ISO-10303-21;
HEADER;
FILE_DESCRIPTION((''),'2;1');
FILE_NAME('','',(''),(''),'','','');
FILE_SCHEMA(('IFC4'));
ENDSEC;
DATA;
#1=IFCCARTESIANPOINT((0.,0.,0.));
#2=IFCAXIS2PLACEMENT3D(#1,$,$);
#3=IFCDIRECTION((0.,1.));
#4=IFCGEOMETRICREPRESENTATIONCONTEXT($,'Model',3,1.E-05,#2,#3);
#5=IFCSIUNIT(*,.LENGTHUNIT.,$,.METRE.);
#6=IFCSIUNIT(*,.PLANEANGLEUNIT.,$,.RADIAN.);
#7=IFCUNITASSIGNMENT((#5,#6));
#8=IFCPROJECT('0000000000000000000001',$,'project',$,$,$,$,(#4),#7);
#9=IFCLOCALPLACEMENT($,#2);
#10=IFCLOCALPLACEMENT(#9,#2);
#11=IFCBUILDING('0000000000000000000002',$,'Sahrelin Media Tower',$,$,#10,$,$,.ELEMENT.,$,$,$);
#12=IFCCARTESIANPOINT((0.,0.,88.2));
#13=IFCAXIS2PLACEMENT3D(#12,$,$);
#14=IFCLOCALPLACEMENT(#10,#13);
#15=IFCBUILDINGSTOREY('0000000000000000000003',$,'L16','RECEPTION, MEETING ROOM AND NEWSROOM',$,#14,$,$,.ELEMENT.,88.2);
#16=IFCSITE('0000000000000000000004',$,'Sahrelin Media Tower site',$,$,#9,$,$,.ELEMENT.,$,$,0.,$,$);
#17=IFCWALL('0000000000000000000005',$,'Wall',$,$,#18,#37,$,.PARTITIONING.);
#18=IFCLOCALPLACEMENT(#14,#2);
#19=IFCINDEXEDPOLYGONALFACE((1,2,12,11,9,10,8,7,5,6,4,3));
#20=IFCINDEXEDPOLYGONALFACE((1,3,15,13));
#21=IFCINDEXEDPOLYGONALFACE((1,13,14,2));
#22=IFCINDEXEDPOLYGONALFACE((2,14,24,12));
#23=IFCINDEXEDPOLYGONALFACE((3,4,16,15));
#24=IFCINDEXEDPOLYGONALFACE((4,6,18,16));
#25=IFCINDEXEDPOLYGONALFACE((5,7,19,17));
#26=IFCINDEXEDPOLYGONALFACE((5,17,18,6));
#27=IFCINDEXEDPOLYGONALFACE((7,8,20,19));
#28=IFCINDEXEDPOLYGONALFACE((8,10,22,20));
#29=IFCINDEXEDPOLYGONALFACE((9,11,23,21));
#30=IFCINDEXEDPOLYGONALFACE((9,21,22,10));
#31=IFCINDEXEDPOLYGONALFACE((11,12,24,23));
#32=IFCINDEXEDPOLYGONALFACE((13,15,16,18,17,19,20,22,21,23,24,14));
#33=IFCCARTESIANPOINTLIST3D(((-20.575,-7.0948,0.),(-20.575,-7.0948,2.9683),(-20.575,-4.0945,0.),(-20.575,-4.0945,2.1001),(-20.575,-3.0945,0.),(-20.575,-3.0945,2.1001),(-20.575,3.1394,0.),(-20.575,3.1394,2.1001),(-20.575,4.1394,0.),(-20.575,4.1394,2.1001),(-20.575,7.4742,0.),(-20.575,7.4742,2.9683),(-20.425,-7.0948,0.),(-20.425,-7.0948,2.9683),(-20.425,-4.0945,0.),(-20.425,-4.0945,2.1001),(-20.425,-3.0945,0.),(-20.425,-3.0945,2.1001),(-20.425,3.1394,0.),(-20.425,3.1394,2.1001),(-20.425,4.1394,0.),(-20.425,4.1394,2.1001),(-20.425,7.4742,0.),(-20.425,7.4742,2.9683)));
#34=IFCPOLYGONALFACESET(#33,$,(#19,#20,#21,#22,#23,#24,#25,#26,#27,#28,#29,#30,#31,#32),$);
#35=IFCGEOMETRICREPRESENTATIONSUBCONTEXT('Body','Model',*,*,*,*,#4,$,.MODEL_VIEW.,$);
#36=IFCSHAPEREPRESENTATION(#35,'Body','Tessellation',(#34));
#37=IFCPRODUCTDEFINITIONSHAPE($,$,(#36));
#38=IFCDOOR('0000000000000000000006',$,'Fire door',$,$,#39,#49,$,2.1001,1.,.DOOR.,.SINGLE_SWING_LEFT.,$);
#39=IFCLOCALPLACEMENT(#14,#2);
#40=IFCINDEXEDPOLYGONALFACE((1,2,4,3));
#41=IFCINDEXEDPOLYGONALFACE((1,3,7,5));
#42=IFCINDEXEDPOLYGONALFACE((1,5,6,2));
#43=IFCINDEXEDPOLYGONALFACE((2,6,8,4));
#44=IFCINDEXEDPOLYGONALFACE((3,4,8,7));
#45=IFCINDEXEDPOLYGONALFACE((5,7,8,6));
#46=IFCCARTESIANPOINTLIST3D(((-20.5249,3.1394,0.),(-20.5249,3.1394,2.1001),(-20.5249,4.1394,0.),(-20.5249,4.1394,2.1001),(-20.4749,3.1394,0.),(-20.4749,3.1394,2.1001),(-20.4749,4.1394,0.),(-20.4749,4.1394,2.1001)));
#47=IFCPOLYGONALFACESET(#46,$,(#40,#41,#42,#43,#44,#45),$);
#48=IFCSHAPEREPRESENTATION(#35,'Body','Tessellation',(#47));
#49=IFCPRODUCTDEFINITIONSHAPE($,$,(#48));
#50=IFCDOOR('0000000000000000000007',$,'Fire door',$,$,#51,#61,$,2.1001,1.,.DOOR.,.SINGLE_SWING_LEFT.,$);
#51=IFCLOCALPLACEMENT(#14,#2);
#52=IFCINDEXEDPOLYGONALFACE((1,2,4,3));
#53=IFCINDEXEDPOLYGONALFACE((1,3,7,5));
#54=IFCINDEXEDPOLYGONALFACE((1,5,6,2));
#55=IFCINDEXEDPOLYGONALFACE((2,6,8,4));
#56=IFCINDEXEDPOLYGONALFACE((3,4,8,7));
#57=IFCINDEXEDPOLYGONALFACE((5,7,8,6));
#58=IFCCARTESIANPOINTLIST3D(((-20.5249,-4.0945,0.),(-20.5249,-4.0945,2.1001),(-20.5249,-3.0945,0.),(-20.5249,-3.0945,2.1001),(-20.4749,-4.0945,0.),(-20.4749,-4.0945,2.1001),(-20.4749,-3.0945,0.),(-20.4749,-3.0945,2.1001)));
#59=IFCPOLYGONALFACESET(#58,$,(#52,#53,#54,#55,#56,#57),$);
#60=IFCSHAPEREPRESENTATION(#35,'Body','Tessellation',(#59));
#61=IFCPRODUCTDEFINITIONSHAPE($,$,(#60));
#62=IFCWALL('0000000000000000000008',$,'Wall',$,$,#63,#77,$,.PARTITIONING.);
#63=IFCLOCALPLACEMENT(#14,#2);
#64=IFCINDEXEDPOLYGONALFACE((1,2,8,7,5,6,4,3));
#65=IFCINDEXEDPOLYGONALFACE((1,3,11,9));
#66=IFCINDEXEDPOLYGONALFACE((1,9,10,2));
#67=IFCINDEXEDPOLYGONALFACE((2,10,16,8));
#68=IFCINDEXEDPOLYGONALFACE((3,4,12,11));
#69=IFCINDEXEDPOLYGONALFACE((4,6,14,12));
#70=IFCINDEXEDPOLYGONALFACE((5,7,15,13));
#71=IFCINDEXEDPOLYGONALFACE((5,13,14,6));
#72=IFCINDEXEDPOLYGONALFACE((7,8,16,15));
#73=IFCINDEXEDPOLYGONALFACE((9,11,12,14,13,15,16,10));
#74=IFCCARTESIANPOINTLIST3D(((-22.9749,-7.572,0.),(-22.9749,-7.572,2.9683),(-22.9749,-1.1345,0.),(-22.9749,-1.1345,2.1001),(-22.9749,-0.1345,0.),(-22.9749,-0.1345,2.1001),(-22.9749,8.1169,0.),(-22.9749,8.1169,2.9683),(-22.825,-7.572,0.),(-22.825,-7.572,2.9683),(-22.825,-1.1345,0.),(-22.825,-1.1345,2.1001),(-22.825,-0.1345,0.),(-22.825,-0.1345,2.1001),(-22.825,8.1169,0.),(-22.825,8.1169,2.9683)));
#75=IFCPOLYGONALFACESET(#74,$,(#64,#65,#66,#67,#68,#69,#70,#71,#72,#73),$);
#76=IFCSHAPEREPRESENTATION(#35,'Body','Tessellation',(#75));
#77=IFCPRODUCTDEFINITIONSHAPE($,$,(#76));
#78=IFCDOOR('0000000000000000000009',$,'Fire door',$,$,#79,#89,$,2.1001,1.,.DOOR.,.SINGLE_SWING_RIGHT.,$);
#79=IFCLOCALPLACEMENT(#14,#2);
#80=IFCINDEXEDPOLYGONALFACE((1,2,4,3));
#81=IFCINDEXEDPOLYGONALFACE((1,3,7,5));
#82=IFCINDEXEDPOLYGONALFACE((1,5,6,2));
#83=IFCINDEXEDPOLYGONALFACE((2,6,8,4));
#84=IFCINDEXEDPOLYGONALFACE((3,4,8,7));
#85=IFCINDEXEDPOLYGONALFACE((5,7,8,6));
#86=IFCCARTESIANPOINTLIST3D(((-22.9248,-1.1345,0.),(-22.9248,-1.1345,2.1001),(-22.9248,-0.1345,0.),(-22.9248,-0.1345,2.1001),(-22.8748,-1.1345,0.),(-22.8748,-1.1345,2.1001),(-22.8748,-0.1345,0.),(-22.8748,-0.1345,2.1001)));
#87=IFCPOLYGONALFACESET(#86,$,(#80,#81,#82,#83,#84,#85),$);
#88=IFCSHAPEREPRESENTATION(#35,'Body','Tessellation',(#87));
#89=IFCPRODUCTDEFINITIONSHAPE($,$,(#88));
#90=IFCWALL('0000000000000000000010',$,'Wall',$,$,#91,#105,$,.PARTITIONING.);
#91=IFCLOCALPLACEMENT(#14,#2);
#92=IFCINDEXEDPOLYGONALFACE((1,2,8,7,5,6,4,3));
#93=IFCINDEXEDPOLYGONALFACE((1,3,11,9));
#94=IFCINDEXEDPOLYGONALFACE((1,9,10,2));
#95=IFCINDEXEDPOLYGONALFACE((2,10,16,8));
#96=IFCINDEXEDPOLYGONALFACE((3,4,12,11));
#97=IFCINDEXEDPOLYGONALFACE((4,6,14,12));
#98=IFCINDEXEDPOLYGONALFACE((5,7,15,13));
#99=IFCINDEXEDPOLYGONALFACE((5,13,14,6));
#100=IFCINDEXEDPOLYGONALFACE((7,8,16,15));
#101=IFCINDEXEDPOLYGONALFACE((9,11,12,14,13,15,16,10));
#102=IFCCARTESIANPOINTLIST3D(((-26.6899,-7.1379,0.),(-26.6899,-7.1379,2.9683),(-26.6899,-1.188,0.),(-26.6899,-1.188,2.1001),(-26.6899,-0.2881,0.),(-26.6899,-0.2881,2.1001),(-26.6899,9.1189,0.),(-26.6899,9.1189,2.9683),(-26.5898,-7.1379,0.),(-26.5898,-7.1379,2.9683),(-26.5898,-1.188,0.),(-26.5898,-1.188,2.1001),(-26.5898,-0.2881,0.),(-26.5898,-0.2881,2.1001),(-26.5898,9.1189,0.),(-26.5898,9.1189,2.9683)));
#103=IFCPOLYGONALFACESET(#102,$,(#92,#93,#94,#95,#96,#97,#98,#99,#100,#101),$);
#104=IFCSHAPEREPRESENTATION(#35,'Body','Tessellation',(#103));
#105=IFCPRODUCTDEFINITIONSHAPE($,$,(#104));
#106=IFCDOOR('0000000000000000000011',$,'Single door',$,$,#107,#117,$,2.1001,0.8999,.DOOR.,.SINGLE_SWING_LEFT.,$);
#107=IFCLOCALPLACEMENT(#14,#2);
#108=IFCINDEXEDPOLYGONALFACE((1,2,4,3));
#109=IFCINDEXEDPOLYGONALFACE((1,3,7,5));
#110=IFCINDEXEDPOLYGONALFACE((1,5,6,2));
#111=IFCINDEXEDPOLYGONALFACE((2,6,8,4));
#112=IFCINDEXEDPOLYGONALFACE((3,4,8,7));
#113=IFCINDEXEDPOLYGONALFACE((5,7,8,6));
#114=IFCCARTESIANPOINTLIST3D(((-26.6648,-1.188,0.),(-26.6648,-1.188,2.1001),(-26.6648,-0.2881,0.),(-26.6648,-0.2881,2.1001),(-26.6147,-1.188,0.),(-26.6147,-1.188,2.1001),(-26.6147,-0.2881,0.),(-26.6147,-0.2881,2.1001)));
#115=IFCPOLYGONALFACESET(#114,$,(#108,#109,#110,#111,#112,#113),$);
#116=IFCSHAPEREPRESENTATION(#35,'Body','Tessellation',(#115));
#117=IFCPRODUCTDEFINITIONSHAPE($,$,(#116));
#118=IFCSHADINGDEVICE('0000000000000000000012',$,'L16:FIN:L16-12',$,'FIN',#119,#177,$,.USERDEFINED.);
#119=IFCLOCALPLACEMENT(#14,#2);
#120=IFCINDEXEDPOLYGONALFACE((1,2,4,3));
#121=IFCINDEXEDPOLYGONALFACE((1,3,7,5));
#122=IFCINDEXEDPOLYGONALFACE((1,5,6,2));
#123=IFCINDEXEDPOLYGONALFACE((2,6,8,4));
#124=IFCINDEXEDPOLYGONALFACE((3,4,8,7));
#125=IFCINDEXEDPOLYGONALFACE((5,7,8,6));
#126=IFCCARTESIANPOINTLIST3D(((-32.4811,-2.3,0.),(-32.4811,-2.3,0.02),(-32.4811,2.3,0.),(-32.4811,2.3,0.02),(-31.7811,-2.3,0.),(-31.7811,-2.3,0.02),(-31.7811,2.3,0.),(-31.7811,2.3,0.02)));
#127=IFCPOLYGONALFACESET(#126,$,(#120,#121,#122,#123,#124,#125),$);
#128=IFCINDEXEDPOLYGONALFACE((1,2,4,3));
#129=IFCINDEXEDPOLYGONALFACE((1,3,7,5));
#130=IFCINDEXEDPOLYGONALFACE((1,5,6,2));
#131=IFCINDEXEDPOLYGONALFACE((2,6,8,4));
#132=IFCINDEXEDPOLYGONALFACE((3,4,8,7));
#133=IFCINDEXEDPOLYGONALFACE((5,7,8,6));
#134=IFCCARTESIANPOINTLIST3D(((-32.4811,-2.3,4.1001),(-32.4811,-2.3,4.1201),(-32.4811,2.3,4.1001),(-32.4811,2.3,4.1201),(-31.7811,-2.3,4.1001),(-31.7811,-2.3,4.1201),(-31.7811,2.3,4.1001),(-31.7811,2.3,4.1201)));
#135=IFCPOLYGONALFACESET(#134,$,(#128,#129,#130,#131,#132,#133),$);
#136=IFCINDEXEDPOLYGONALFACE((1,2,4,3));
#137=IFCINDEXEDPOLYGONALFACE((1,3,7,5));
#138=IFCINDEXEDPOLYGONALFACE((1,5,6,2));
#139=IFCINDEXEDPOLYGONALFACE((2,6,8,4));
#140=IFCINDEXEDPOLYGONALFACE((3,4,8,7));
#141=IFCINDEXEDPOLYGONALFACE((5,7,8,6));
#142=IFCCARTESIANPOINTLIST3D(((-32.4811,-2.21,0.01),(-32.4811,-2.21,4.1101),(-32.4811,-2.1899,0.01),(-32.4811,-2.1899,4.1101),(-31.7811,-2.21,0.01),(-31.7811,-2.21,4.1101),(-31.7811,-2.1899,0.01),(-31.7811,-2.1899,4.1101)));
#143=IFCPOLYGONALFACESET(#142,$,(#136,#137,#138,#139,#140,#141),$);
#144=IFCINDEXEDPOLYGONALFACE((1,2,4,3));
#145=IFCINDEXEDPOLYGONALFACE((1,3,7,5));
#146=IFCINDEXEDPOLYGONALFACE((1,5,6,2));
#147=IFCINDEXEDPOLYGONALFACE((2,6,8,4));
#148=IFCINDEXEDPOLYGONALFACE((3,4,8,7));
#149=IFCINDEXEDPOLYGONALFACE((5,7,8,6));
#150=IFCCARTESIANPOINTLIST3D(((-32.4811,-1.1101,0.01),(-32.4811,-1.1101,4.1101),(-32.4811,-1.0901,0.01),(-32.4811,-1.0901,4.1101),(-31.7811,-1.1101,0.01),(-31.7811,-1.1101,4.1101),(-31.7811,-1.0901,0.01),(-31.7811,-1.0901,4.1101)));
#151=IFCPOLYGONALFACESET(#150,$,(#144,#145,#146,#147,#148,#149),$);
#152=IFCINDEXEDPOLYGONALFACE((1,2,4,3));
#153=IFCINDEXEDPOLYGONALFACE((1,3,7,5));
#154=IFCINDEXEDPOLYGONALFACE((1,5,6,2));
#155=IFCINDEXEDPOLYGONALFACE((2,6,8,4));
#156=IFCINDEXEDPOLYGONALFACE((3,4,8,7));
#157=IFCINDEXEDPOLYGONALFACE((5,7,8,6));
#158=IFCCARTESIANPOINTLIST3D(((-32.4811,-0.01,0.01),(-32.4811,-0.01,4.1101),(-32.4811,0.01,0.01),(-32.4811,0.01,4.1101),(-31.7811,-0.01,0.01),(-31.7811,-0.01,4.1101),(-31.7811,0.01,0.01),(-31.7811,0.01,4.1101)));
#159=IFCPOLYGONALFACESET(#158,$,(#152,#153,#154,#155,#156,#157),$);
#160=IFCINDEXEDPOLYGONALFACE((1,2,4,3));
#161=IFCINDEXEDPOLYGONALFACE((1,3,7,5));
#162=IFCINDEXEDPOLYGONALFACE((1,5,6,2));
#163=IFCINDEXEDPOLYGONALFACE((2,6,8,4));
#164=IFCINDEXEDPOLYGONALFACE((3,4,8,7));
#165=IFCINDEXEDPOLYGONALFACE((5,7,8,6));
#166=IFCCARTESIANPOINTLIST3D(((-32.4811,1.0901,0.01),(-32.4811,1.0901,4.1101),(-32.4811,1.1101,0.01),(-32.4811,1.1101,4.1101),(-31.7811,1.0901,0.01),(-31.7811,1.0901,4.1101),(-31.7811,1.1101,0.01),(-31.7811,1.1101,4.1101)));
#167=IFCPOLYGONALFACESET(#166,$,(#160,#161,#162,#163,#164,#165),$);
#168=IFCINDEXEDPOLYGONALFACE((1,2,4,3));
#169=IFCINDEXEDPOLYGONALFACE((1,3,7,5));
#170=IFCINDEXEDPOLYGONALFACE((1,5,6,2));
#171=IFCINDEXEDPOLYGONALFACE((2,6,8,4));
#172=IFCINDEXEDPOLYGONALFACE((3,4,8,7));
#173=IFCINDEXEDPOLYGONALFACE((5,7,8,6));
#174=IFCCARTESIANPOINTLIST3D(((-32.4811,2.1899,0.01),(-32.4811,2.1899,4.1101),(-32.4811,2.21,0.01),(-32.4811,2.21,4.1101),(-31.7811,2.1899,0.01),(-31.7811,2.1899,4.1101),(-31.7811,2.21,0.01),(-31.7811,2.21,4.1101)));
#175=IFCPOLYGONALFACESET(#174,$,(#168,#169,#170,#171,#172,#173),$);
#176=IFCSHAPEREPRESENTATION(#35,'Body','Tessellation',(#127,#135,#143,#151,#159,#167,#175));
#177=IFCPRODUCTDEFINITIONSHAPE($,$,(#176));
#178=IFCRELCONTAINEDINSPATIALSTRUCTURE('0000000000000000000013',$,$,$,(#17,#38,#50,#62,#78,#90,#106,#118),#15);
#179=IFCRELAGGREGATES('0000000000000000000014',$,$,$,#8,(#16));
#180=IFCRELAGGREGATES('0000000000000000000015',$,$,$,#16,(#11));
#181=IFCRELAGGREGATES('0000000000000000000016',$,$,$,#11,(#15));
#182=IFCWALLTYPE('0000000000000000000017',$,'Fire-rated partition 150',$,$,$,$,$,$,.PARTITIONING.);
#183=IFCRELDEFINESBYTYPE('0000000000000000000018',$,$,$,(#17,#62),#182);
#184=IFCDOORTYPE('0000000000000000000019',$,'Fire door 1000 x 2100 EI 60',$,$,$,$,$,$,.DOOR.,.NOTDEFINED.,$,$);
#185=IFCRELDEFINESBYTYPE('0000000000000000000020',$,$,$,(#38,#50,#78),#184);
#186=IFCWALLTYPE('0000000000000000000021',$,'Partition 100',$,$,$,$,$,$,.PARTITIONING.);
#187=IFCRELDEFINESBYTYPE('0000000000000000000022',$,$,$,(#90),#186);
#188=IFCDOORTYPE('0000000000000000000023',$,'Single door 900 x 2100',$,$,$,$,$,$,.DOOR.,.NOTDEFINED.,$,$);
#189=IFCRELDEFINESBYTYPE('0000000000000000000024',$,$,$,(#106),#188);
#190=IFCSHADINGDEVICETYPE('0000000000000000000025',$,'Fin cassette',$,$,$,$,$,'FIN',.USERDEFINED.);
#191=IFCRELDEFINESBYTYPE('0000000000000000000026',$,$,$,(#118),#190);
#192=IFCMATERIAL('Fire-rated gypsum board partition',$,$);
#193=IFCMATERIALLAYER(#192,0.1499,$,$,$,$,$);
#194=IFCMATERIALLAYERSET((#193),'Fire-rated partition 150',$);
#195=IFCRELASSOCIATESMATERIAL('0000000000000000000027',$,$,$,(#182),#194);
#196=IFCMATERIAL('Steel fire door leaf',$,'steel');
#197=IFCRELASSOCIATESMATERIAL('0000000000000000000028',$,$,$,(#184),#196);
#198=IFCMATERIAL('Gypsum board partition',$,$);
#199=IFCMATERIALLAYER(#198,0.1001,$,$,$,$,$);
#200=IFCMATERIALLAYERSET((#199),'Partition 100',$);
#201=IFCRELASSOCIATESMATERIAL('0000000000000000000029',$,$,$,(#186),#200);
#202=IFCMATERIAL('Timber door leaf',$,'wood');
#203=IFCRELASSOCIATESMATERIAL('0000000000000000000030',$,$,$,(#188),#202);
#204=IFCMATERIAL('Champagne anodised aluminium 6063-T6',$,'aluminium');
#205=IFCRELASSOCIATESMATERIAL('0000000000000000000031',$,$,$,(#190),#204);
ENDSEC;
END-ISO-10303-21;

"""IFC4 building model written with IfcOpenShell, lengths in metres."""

from ifc_helpers import new_model, si_unit, direction, frame, frame_2d, origin, origin_2d, place, context, subcontext, project, spatial, rectangle, extrude, material, layer, layer_set, type_object, element, fill, save


model = new_model("IFC4")

# Units and contexts
model_context = context("Model", 3, precision=1e-05, world=origin(), true_north=direction((0.0, 1.0)))
body_context = subcontext(model_context, "Body", "Model", "MODEL_VIEW")
ifc_project = project(units=[si_unit("LENGTHUNIT", "METRE"), si_unit("PLANEANGLEUNIT", "RADIAN")], contexts=[model_context])

# Site, building, storey
site_placement = place(None, origin())
site = spatial("IfcSite", under=ifc_project, at=site_placement, Name="Sahrelin Media Tower site", CompositionType="ELEMENT", RefElevation=0.0)
building_placement = place(site_placement, origin())
building = spatial("IfcBuilding", under=site, at=building_placement, Name="Sahrelin Media Tower", CompositionType="ELEMENT")
storey_placement = place(building_placement, frame((0.0, 0.0, 88.2)))
storey = spatial("IfcBuildingStorey", under=building, at=storey_placement, Name="L16", Description="RECEPTION, MEETING ROOM AND NEWSROOM", CompositionType="ELEMENT", Elevation=88.2)

# Shared definitions
ifc_material_1 = material(Name="Champagne anodised aluminium 6063-T6", Category="aluminium")

# Shared definitions
ifc_material_2 = material(Name="Fire-rated gypsum board partition")
ifc_layer_1 = layer(ifc_material_2, 0.1499)
ifc_layer_set_1 = layer_set([ifc_layer_1], Name="Fire-rated partition 150")
wall_type_1 = type_object("IfcWallType", Name="Fire-rated partition 150", PredefinedType="PARTITIONING", material=ifc_layer_set_1)
ifc_material_3 = material(Name="Steel fire door leaf", Category="steel")
door_type_1 = type_object("IfcDoorType", Name="Fire door 1000 x 2100 EI 60", OperationType="NOTDEFINED", PredefinedType="DOOR", material=ifc_material_3)

# Wall, openings, doors
wall_1_placement = place(storey_placement, frame((-20.5, -7.095, 0.0), z_axis=(0.0, 0.0, 1.0), x_axis=(0.0, 1.0, 0.0)))
wall_1 = element("IfcWall", 1, at=wall_1_placement, inside=storey, type_object=wall_type_1, Name="Wall", PredefinedType="PARTITIONING", context=body_context, shape_type="SweptSolid", body=[
    extrude(rectangle(XDim=14.5691, YDim=0.1499, at=frame_2d((7.2847, 0.0))), origin(), (0.0, 0.0, 1.0), 2.9683),
])
opening_1_placement = place(wall_1_placement, frame((10.2344, 0.0, 0.0)))
opening_1 = element("IfcOpeningElement", 2, at=opening_1_placement, cuts=wall_1, PredefinedType="OPENING", context=body_context, shape_type="SweptSolid", body=[
    extrude(rectangle(XDim=1.0, YDim=2.1001, at=frame_2d((0.5, 1.05))), frame((0.0, 0.075, 0.0), z_axis=(0.0, -1.0, 0.0), x_axis=(1.0, 0.0, 0.0)), (0.0, 0.0, 1.0), 0.1499),
])
opening_2_placement = place(wall_1_placement, frame((3.0005, 0.0, 0.0)))
opening_2 = element("IfcOpeningElement", 3, at=opening_2_placement, cuts=wall_1, PredefinedType="OPENING", context=body_context, shape_type="SweptSolid", body=[
    extrude(rectangle(XDim=1.0, YDim=2.1001, at=frame_2d((0.5, 1.05))), frame((0.0, 0.075, 0.0), z_axis=(0.0, -1.0, 0.0), x_axis=(1.0, 0.0, 0.0)), (0.0, 0.0, 1.0), 0.1499),
])
door_1_placement = place(opening_1_placement, origin())
door_1 = element("IfcDoor", 4, at=door_1_placement, inside=storey, type_object=door_type_1, Name="Fire door", OperationType="SINGLE_SWING_LEFT", OverallHeight=2.1001, OverallWidth=1.0, PredefinedType="DOOR", context=body_context, shape_type="SweptSolid", body=[
    extrude(rectangle(XDim=1.0, YDim=2.1001, at=frame_2d((0.5, 1.05))), frame((0.0, 0.0249, 0.0), z_axis=(0.0, -1.0, 0.0), x_axis=(1.0, 0.0, 0.0)), (0.0, 0.0, 1.0), 0.05),
])
fill(opening_1, door_1)
door_2_placement = place(opening_2_placement, origin())
door_2 = element("IfcDoor", 5, at=door_2_placement, inside=storey, type_object=door_type_1, Name="Fire door", OperationType="SINGLE_SWING_LEFT", OverallHeight=2.1001, OverallWidth=1.0, PredefinedType="DOOR", context=body_context, shape_type="SweptSolid", body=[
    extrude(rectangle(XDim=1.0, YDim=2.1001, at=frame_2d((0.5, 1.05))), frame((0.0, 0.0249, 0.0), z_axis=(0.0, -1.0, 0.0), x_axis=(1.0, 0.0, 0.0)), (0.0, 0.0, 1.0), 0.05),
])
fill(opening_2, door_2)

# Walls, openings, doors
wall_2_placement = place(storey_placement, frame((-22.8999, -7.572, 0.0), z_axis=(0.0, 0.0, 1.0), x_axis=(0.0, 1.0, 0.0)))
wall_2 = element("IfcWall", 6, at=wall_2_placement, inside=storey, type_object=wall_type_1, Name="Wall", PredefinedType="PARTITIONING", context=body_context, shape_type="SweptSolid", body=[
    extrude(rectangle(XDim=15.689, YDim=0.1499, at=frame_2d((7.8445, 0.0))), origin(), (0.0, 0.0, 1.0), 2.9683),
])
opening_3_placement = place(wall_2_placement, frame((6.4375, 0.0, 0.0)))
opening_3 = element("IfcOpeningElement", 7, at=opening_3_placement, cuts=wall_2, PredefinedType="OPENING", context=body_context, shape_type="SweptSolid", body=[
    extrude(rectangle(XDim=1.0, YDim=2.1001, at=frame_2d((0.5, 1.05))), frame((0.0, 0.075, 0.0), z_axis=(0.0, -1.0, 0.0), x_axis=(1.0, 0.0, 0.0)), (0.0, 0.0, 1.0), 0.1499),
])
door_3_placement = place(opening_3_placement, origin())
door_3 = element("IfcDoor", 8, at=door_3_placement, inside=storey, type_object=door_type_1, Name="Fire door", OperationType="SINGLE_SWING_RIGHT", OverallHeight=2.1001, OverallWidth=1.0, PredefinedType="DOOR", context=body_context, shape_type="SweptSolid", body=[
    extrude(rectangle(XDim=1.0, YDim=2.1001, at=frame_2d((0.5, 1.05))), frame((0.0, 0.0249, 0.0), z_axis=(0.0, -1.0, 0.0), x_axis=(1.0, 0.0, 0.0)), (0.0, 0.0, 1.0), 0.05),
])
fill(opening_3, door_3)
ifc_material_4 = material(Name="Gypsum board partition")
ifc_layer_2 = layer(ifc_material_4, 0.1001)
ifc_layer_set_2 = layer_set([ifc_layer_2], Name="Partition 100")
wall_type_2 = type_object("IfcWallType", Name="Partition 100", PredefinedType="PARTITIONING", material=ifc_layer_set_2)
wall_3_placement = place(storey_placement, frame((-26.6399, -7.1379, 0.0), z_axis=(0.0, 0.0, 1.0), x_axis=(0.0, 1.0, 0.0)))
wall_3 = element("IfcWall", 9, at=wall_3_placement, inside=storey, type_object=wall_type_2, Name="Wall", PredefinedType="PARTITIONING", context=body_context, shape_type="SweptSolid", body=[
    extrude(rectangle(XDim=16.2568, YDim=0.1001, at=frame_2d((8.1284, 0.0))), origin(), (0.0, 0.0, 1.0), 2.9683),
])
opening_4_placement = place(wall_3_placement, frame((5.95, 0.0, 0.0)))
opening_4 = element("IfcOpeningElement", 10, at=opening_4_placement, cuts=wall_3, PredefinedType="OPENING", context=body_context, shape_type="SweptSolid", body=[
    extrude(rectangle(XDim=0.8999, YDim=2.1001, at=frame_2d((0.45, 1.05))), frame((0.0, 0.05, 0.0), z_axis=(0.0, -1.0, 0.0), x_axis=(1.0, 0.0, 0.0)), (0.0, 0.0, 1.0), 0.1001),
])
ifc_material_5 = material(Name="Timber door leaf", Category="wood")
door_type_2 = type_object("IfcDoorType", Name="Single door 900 x 2100", OperationType="NOTDEFINED", PredefinedType="DOOR", material=ifc_material_5)
door_4_placement = place(opening_4_placement, origin())
door_4 = element("IfcDoor", 11, at=door_4_placement, inside=storey, type_object=door_type_2, Name="Single door", OperationType="SINGLE_SWING_LEFT", OverallHeight=2.1001, OverallWidth=0.8999, PredefinedType="DOOR", context=body_context, shape_type="SweptSolid", body=[
    extrude(rectangle(XDim=0.8999, YDim=2.1001, at=frame_2d((0.45, 1.05))), frame((0.0, 0.0249, 0.0), z_axis=(0.0, -1.0, 0.0), x_axis=(1.0, 0.0, 0.0)), (0.0, 0.0, 1.0), 0.05),
])
fill(opening_4, door_4)

# Shading device
shading_device_type_1 = type_object("IfcShadingDeviceType", Name="Fin cassette", ElementType="FIN", PredefinedType="USERDEFINED", material=ifc_material_1)
placement_1 = place(storey_placement, frame((-31.7112, 0.0, 0.0), z_axis=(0.0, 0.0, 1.0), x_axis=(0.0, 1.0, 0.0)))
element("IfcShadingDevice", 12, at=placement_1, inside=storey, type_object=shading_device_type_1, Name="L16:FIN:L16-12", ObjectType="FIN", PredefinedType="USERDEFINED", context=body_context, shape_type="SweptSolid", body=[
    extrude(rectangle(XDim=4.6001, YDim=0.7, at=origin_2d()), frame((0.0, 0.4199, 0.0)), (0.0, 0.0, 1.0), 0.02),
    extrude(rectangle(XDim=4.6001, YDim=0.7, at=origin_2d()), frame((0.0, 0.4199, 4.1001)), (0.0, 0.0, 1.0), 0.02),
    extrude(rectangle(XDim=0.02, YDim=0.7, at=origin_2d()), frame((-2.2, 0.4199, 0.01), z_axis=(0.0, 0.0, 1.0), x_axis=(1.0, 0.0, 0.0)), (0.0, 0.0, 1.0), 4.1001),
    extrude(rectangle(XDim=0.02, YDim=0.7, at=origin_2d()), frame((-1.1001, 0.4199, 0.01), z_axis=(0.0, 0.0, 1.0), x_axis=(1.0, 0.0, 0.0)), (0.0, 0.0, 1.0), 4.1001),
    extrude(rectangle(XDim=0.02, YDim=0.7, at=origin_2d()), frame((0.0, 0.4199, 0.01), z_axis=(0.0, 0.0, 1.0), x_axis=(1.0, 0.0, 0.0)), (0.0, 0.0, 1.0), 4.1001),
    extrude(rectangle(XDim=0.02, YDim=0.7, at=origin_2d()), frame((1.1001, 0.4199, 0.01), z_axis=(0.0, 0.0, 1.0), x_axis=(1.0, 0.0, 0.0)), (0.0, 0.0, 1.0), 4.1001),
    extrude(rectangle(XDim=0.02, YDim=0.7, at=origin_2d()), frame((2.2, 0.4199, 0.01), z_axis=(0.0, 0.0, 1.0), x_axis=(1.0, 0.0, 0.0)), (0.0, 0.0, 1.0), 4.1001),
])

save(model, "model.ifc")
